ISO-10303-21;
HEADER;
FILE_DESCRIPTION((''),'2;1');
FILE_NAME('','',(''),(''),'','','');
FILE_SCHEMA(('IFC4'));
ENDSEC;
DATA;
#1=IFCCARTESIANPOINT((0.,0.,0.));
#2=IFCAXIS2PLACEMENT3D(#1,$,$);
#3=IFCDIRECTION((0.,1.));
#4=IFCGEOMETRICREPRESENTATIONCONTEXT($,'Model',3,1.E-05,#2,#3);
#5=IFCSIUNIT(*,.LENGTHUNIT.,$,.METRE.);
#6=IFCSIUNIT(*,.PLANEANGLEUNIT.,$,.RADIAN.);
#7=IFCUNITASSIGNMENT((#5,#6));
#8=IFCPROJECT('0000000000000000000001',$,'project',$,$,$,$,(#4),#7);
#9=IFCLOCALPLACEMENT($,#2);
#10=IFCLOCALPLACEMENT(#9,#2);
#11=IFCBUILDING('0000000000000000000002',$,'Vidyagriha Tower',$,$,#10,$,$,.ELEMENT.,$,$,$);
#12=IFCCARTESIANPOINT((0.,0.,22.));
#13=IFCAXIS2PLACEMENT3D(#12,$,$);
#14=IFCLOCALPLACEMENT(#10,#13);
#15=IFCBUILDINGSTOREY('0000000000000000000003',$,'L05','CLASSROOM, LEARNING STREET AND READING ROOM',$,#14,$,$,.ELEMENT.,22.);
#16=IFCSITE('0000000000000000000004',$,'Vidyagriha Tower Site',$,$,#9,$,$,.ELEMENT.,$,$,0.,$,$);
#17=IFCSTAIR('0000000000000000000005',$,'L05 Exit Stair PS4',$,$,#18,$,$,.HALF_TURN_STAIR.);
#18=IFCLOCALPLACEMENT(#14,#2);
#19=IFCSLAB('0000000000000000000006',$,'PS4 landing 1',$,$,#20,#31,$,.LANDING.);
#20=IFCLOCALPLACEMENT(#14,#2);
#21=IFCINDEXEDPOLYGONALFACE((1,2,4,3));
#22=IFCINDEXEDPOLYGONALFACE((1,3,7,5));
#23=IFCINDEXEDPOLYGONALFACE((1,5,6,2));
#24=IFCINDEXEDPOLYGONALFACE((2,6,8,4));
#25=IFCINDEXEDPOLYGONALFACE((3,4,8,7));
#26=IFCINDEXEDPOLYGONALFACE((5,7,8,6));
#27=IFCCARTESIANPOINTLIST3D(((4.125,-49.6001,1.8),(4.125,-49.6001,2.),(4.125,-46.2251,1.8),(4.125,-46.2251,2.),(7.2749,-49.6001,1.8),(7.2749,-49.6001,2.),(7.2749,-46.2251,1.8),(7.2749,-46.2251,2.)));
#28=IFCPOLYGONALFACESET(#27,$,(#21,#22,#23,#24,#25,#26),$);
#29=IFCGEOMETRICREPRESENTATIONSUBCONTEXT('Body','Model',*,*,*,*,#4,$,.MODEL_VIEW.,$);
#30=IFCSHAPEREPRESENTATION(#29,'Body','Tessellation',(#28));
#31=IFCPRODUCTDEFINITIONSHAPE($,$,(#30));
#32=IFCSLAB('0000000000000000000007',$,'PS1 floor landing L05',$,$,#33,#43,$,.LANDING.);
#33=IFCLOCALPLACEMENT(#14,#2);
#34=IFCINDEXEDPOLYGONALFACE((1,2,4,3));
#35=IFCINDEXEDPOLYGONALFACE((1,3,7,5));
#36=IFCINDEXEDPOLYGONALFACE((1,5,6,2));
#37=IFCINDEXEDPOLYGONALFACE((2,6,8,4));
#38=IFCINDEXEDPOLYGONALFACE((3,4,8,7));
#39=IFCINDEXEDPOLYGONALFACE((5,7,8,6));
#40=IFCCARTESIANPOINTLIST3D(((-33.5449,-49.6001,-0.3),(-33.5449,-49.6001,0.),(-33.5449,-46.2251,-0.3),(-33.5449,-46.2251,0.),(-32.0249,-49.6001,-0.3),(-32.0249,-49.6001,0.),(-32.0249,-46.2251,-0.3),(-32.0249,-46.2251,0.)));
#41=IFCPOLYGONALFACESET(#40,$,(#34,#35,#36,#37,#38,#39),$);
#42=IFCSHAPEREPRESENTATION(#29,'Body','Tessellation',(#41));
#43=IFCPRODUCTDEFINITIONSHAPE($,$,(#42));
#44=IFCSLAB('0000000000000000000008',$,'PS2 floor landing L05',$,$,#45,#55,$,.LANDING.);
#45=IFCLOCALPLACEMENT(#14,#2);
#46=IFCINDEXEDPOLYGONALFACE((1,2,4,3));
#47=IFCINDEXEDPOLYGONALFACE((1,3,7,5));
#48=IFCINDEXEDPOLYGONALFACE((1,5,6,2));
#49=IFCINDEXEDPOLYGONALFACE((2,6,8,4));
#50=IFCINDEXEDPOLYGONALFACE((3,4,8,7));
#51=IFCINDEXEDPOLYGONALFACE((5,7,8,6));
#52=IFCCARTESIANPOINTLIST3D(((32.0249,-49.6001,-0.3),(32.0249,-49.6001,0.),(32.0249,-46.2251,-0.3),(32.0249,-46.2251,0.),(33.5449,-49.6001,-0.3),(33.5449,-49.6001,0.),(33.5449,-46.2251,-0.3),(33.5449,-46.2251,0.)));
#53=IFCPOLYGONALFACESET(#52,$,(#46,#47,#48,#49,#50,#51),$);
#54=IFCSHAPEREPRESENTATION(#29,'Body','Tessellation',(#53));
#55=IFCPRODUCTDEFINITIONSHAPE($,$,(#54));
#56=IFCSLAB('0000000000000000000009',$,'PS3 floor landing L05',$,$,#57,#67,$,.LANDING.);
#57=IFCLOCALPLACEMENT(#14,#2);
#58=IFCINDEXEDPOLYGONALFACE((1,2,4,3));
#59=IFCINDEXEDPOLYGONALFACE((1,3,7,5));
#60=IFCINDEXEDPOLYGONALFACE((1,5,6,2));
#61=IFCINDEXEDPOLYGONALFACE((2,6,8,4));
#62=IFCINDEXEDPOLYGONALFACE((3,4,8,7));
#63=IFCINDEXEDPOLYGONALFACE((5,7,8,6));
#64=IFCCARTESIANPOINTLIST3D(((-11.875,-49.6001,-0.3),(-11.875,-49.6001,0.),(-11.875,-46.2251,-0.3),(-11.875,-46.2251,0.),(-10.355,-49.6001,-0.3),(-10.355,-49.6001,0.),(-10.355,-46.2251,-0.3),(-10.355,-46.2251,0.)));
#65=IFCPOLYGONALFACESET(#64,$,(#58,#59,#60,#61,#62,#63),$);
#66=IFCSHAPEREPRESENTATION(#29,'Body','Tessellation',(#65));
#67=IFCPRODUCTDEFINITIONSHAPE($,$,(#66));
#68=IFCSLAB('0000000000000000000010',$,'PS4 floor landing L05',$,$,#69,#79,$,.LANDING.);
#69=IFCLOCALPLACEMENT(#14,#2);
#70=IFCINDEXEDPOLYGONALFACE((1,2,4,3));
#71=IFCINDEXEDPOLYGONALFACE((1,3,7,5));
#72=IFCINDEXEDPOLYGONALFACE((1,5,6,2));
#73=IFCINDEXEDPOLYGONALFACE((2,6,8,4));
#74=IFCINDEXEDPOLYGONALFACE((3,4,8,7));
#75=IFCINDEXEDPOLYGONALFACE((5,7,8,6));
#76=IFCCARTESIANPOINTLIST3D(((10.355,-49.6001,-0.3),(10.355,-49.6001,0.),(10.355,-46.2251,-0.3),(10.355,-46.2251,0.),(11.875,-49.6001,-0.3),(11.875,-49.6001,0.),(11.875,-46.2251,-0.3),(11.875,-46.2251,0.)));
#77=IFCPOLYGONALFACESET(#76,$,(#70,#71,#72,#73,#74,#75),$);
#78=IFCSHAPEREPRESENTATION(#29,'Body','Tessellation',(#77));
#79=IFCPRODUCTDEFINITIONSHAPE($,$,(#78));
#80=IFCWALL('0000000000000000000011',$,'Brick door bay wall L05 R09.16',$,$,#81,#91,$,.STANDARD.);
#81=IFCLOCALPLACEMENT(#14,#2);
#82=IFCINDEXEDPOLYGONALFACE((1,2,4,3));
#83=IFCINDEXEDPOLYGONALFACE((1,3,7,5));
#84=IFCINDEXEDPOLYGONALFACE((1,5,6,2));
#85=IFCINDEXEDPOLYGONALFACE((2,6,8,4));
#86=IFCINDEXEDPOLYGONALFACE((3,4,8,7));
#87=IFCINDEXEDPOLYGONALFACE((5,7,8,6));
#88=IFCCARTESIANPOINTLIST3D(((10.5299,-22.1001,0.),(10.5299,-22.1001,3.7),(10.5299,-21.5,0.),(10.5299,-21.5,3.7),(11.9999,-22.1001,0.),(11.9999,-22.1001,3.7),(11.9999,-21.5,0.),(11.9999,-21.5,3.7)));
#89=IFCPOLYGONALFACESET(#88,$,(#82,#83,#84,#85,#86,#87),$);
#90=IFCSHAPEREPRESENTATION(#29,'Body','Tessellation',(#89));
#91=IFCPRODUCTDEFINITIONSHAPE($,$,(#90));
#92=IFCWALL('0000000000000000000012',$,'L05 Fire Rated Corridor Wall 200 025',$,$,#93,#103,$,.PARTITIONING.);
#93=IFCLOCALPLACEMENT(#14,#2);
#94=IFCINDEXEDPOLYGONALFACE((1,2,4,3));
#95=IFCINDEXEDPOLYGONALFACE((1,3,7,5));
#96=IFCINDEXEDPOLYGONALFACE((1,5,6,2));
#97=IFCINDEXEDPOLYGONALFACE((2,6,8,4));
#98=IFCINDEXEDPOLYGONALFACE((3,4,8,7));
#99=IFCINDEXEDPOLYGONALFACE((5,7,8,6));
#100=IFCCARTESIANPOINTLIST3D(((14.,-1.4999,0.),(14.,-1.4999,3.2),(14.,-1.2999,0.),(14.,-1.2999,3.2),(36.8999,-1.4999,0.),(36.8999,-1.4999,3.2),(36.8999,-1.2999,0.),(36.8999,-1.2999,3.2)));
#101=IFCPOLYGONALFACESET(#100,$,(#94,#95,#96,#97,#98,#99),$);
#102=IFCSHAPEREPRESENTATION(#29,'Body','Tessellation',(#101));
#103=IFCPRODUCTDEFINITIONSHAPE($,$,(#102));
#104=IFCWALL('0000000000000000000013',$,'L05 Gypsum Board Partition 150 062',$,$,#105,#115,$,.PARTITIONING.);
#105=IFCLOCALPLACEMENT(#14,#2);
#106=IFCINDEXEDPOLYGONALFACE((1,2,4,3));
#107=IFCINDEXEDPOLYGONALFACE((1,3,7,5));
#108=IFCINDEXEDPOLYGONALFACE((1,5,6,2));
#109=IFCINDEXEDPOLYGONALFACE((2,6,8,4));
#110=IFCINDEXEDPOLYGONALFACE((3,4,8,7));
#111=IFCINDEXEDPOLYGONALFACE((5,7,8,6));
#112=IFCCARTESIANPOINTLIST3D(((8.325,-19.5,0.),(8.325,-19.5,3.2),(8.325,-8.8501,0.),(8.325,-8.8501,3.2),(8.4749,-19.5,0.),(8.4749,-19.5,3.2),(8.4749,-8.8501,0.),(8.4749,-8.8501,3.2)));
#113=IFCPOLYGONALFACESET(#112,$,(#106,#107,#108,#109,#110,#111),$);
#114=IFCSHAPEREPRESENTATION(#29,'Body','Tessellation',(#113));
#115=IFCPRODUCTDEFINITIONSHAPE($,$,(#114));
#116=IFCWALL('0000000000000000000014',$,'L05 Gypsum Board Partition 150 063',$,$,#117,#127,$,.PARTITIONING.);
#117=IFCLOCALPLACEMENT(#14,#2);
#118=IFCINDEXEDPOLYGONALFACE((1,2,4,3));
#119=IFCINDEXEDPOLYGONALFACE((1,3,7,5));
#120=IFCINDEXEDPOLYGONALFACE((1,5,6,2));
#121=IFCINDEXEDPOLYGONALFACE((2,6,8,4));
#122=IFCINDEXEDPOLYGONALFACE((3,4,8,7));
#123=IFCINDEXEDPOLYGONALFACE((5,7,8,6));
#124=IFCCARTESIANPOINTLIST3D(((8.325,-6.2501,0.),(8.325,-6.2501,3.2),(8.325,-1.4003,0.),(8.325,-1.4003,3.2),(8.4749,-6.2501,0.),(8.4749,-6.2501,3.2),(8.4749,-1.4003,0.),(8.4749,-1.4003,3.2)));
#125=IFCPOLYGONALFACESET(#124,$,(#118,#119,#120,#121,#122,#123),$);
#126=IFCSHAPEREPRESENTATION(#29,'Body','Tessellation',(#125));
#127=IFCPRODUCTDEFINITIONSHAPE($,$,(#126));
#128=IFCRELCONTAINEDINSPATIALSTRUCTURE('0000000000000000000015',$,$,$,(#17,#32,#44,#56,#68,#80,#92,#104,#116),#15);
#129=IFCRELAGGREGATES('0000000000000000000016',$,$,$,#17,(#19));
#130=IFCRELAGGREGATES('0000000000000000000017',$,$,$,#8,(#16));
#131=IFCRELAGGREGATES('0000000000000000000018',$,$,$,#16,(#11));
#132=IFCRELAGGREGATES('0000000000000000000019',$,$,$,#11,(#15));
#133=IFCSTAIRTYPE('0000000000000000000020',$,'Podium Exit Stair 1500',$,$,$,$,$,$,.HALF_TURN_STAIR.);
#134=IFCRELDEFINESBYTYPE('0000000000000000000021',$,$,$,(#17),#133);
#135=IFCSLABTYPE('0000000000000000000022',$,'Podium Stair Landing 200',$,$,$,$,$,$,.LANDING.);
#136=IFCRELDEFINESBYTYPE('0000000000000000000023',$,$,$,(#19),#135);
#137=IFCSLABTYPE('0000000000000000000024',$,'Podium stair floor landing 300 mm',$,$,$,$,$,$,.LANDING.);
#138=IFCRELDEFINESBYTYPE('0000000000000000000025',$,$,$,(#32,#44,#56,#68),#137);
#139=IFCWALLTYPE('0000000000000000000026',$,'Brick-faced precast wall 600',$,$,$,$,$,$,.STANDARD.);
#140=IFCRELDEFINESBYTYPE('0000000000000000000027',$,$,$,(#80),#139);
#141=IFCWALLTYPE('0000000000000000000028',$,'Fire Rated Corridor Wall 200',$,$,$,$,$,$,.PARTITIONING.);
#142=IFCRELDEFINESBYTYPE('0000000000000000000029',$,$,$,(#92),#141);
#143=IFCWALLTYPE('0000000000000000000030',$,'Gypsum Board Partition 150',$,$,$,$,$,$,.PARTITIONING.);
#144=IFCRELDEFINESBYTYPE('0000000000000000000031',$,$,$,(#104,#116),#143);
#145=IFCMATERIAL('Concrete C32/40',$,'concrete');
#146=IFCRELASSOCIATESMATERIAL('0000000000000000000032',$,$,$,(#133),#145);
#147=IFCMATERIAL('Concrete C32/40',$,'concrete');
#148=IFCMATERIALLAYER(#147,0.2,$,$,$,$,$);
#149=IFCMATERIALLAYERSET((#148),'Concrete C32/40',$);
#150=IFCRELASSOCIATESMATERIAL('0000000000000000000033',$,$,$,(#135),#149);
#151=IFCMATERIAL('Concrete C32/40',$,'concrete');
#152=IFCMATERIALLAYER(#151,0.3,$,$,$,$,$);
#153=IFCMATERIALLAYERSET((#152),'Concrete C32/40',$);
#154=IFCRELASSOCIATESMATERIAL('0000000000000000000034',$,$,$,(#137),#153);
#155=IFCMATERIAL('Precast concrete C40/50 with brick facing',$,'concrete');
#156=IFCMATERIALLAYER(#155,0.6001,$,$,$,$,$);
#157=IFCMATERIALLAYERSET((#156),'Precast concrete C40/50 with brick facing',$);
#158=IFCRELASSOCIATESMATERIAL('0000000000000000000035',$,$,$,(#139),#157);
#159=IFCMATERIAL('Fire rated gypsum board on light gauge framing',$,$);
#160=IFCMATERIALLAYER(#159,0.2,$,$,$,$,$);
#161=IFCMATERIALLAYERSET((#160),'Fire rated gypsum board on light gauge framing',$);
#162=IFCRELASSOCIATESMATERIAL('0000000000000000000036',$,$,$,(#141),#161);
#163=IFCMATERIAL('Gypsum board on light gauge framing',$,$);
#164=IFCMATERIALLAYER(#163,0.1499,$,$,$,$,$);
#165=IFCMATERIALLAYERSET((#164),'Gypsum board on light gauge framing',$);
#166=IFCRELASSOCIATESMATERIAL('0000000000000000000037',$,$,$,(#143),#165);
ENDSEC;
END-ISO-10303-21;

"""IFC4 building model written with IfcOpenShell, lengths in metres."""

from ifc_helpers import new_model, si_unit, direction, frame, frame_2d, origin, place, context, subcontext, project, spatial, polyline, rectangle, outline, extrude, material, layer, layer_set, type_object, element, aggregate, save


model = new_model("IFC4")

# Units and contexts
model_context = context("Model", 3, precision=1e-05, world=origin(), true_north=direction((0.0, 1.0)))
body_context = subcontext(model_context, "Body", "Model", "MODEL_VIEW")
ifc_project = project(units=[si_unit("LENGTHUNIT", "METRE"), si_unit("PLANEANGLEUNIT", "RADIAN")], contexts=[model_context])

# Site, building, storey
site_placement = place(None, origin())
site = spatial("IfcSite", under=ifc_project, at=site_placement, Name="Vidyagriha Tower Site", CompositionType="ELEMENT", RefElevation=0.0)
building_placement = place(site_placement, origin())
building = spatial("IfcBuilding", under=site, at=building_placement, Name="Vidyagriha Tower", CompositionType="ELEMENT")
storey_placement = place(building_placement, frame((0.0, 0.0, 22.0)))
storey = spatial("IfcBuildingStorey", under=building, at=storey_placement, Name="L05", Description="CLASSROOM, LEARNING STREET AND READING ROOM", CompositionType="ELEMENT", Elevation=22.0)

# Stair, slab
ifc_material_1 = material(Name="Concrete C32/40", Category="concrete")
stair_type = type_object("IfcStairType", Name="Podium Exit Stair 1500", PredefinedType="HALF_TURN_STAIR", material=ifc_material_1)
ifc_material_2 = material(Name="Concrete C32/40", Category="concrete")
ifc_layer_1 = layer(ifc_material_2, 0.2)
ifc_layer_set_1 = layer_set([ifc_layer_1], Name="Concrete C32/40")
slab_type_1 = type_object("IfcSlabType", Name="Podium Stair Landing 200", PredefinedType="LANDING", material=ifc_layer_set_1)
stair_1_placement = place(storey_placement, origin())
stair_1 = element("IfcStair", 1, at=stair_1_placement, inside=storey, type_object=stair_type, Name="L05 Exit Stair PS4", PredefinedType="HALF_TURN_STAIR")
slab_1_placement = place(storey_placement, frame((0.0, 0.0, 1.8)))
slab_1 = element("IfcSlab", 2, at=slab_1_placement, type_object=slab_type_1, Name="PS4 landing 1", PredefinedType="LANDING", context=body_context, shape_type="SweptSolid", body=[
    extrude(outline(polyline([(7.2749, -46.2251), (4.125, -46.2251), (4.125, -49.6001), (7.2749, -49.6001), (7.2749, -46.2251)])), origin(), (0.0, 0.0, 1.0), 0.2),
])
aggregate(stair_1, [slab_1])

# Slabs
ifc_material_3 = material(Name="Concrete C32/40", Category="concrete")
ifc_layer_2 = layer(ifc_material_3, 0.3)
ifc_layer_set_2 = layer_set([ifc_layer_2], Name="Concrete C32/40")
slab_type_2 = type_object("IfcSlabType", Name="Podium stair floor landing 300 mm", PredefinedType="LANDING", material=ifc_layer_set_2)
slab_2_placement = place(storey_placement, frame((0.0, 0.0, -0.3)))
element("IfcSlab", 3, at=slab_2_placement, inside=storey, type_object=slab_type_2, Name="PS1 floor landing L05", PredefinedType="LANDING", context=body_context, shape_type="SweptSolid", body=[
    extrude(outline(polyline([(-33.5449, -49.6001), (-32.0249, -49.6001), (-32.0249, -46.2251), (-33.5449, -46.2251), (-33.5449, -49.6001)])), origin(), (0.0, 0.0, 1.0), 0.3),
])
slab_3_placement = place(storey_placement, frame((0.0, 0.0, -0.3)))
element("IfcSlab", 4, at=slab_3_placement, inside=storey, type_object=slab_type_2, Name="PS2 floor landing L05", PredefinedType="LANDING", context=body_context, shape_type="SweptSolid", body=[
    extrude(outline(polyline([(32.0249, -49.6001), (33.5449, -49.6001), (33.5449, -46.2251), (32.0249, -46.2251), (32.0249, -49.6001)])), origin(), (0.0, 0.0, 1.0), 0.3),
])
slab_4_placement = place(storey_placement, frame((0.0, 0.0, -0.3)))
element("IfcSlab", 5, at=slab_4_placement, inside=storey, type_object=slab_type_2, Name="PS3 floor landing L05", PredefinedType="LANDING", context=body_context, shape_type="SweptSolid", body=[
    extrude(outline(polyline([(-11.875, -49.6001), (-10.355, -49.6001), (-10.355, -46.2251), (-11.875, -46.2251), (-11.875, -49.6001)])), origin(), (0.0, 0.0, 1.0), 0.3),
])
slab_5_placement = place(storey_placement, frame((0.0, 0.0, -0.3)))
element("IfcSlab", 6, at=slab_5_placement, inside=storey, type_object=slab_type_2, Name="PS4 floor landing L05", PredefinedType="LANDING", context=body_context, shape_type="SweptSolid", body=[
    extrude(outline(polyline([(10.355, -49.6001), (11.875, -49.6001), (11.875, -46.2251), (10.355, -46.2251), (10.355, -49.6001)])), origin(), (0.0, 0.0, 1.0), 0.3),
])

# Walls
ifc_material_4 = material(Name="Precast concrete C40/50 with brick facing", Category="concrete")
ifc_layer_3 = layer(ifc_material_4, 0.6001)
ifc_layer_set_3 = layer_set([ifc_layer_3], Name="Precast concrete C40/50 with brick facing")
wall_type_1 = type_object("IfcWallType", Name="Brick-faced precast wall 600", PredefinedType="STANDARD", material=ifc_layer_set_3)
wall_1_placement = place(storey_placement, frame((10.53, -21.8, 0.0)))
element("IfcWall", 7, at=wall_1_placement, inside=storey, type_object=wall_type_1, Name="Brick door bay wall L05 R09.16", PredefinedType="STANDARD", context=body_context, shape_type="SweptSolid", body=[
    extrude(rectangle(XDim=1.47, YDim=0.6001, at=frame_2d((0.7349, 0.0))), origin(), (0.0, 0.0, 1.0), 3.7),
])
ifc_material_5 = material(Name="Fire rated gypsum board on light gauge framing")
ifc_layer_4 = layer(ifc_material_5, 0.2)
ifc_layer_set_4 = layer_set([ifc_layer_4], Name="Fire rated gypsum board on light gauge framing")
wall_type_2 = type_object("IfcWallType", Name="Fire Rated Corridor Wall 200", PredefinedType="PARTITIONING", material=ifc_layer_set_4)
wall_2_placement = place(storey_placement, frame((14.0, -1.3999, 0.0)))
element("IfcWall", 8, at=wall_2_placement, inside=storey, type_object=wall_type_2, Name="L05 Fire Rated Corridor Wall 200 025", PredefinedType="PARTITIONING", context=body_context, shape_type="SweptSolid", body=[
    extrude(rectangle(XDim=22.8999, YDim=0.2, at=frame_2d((11.45, 0.0))), origin(), (0.0, 0.0, 1.0), 3.2),
])
ifc_material_6 = material(Name="Gypsum board on light gauge framing")
ifc_layer_5 = layer(ifc_material_6, 0.1499)
ifc_layer_set_5 = layer_set([ifc_layer_5], Name="Gypsum board on light gauge framing")
wall_type_3 = type_object("IfcWallType", Name="Gypsum Board Partition 150", PredefinedType="PARTITIONING", material=ifc_layer_set_5)
wall_3_placement = place(storey_placement, frame((8.3999, -19.5, 0.0), z_axis=(0.0, 0.0, 1.0), x_axis=(0.0, 1.0, 0.0)))
element("IfcWall", 9, at=wall_3_placement, inside=storey, type_object=wall_type_3, Name="L05 Gypsum Board Partition 150 062", PredefinedType="PARTITIONING", context=body_context, shape_type="SweptSolid", body=[
    extrude(rectangle(XDim=10.6499, YDim=0.1499, at=frame_2d((5.325, 0.0))), origin(), (0.0, 0.0, 1.0), 3.2),
])
wall_4_placement = place(storey_placement, frame((8.3999, -6.25, 0.0), z_axis=(0.0, 0.0, 1.0), x_axis=(0.0, 1.0, 0.0)))
element("IfcWall", 10, at=wall_4_placement, inside=storey, type_object=wall_type_3, Name="L05 Gypsum Board Partition 150 063", PredefinedType="PARTITIONING", context=body_context, shape_type="SweptSolid", body=[
    extrude(rectangle(XDim=4.8499, YDim=0.1499, at=frame_2d((2.4248, 0.0))), origin(), (0.0, 0.0, 1.0), 3.2),
])

save(model, "model.ifc")
